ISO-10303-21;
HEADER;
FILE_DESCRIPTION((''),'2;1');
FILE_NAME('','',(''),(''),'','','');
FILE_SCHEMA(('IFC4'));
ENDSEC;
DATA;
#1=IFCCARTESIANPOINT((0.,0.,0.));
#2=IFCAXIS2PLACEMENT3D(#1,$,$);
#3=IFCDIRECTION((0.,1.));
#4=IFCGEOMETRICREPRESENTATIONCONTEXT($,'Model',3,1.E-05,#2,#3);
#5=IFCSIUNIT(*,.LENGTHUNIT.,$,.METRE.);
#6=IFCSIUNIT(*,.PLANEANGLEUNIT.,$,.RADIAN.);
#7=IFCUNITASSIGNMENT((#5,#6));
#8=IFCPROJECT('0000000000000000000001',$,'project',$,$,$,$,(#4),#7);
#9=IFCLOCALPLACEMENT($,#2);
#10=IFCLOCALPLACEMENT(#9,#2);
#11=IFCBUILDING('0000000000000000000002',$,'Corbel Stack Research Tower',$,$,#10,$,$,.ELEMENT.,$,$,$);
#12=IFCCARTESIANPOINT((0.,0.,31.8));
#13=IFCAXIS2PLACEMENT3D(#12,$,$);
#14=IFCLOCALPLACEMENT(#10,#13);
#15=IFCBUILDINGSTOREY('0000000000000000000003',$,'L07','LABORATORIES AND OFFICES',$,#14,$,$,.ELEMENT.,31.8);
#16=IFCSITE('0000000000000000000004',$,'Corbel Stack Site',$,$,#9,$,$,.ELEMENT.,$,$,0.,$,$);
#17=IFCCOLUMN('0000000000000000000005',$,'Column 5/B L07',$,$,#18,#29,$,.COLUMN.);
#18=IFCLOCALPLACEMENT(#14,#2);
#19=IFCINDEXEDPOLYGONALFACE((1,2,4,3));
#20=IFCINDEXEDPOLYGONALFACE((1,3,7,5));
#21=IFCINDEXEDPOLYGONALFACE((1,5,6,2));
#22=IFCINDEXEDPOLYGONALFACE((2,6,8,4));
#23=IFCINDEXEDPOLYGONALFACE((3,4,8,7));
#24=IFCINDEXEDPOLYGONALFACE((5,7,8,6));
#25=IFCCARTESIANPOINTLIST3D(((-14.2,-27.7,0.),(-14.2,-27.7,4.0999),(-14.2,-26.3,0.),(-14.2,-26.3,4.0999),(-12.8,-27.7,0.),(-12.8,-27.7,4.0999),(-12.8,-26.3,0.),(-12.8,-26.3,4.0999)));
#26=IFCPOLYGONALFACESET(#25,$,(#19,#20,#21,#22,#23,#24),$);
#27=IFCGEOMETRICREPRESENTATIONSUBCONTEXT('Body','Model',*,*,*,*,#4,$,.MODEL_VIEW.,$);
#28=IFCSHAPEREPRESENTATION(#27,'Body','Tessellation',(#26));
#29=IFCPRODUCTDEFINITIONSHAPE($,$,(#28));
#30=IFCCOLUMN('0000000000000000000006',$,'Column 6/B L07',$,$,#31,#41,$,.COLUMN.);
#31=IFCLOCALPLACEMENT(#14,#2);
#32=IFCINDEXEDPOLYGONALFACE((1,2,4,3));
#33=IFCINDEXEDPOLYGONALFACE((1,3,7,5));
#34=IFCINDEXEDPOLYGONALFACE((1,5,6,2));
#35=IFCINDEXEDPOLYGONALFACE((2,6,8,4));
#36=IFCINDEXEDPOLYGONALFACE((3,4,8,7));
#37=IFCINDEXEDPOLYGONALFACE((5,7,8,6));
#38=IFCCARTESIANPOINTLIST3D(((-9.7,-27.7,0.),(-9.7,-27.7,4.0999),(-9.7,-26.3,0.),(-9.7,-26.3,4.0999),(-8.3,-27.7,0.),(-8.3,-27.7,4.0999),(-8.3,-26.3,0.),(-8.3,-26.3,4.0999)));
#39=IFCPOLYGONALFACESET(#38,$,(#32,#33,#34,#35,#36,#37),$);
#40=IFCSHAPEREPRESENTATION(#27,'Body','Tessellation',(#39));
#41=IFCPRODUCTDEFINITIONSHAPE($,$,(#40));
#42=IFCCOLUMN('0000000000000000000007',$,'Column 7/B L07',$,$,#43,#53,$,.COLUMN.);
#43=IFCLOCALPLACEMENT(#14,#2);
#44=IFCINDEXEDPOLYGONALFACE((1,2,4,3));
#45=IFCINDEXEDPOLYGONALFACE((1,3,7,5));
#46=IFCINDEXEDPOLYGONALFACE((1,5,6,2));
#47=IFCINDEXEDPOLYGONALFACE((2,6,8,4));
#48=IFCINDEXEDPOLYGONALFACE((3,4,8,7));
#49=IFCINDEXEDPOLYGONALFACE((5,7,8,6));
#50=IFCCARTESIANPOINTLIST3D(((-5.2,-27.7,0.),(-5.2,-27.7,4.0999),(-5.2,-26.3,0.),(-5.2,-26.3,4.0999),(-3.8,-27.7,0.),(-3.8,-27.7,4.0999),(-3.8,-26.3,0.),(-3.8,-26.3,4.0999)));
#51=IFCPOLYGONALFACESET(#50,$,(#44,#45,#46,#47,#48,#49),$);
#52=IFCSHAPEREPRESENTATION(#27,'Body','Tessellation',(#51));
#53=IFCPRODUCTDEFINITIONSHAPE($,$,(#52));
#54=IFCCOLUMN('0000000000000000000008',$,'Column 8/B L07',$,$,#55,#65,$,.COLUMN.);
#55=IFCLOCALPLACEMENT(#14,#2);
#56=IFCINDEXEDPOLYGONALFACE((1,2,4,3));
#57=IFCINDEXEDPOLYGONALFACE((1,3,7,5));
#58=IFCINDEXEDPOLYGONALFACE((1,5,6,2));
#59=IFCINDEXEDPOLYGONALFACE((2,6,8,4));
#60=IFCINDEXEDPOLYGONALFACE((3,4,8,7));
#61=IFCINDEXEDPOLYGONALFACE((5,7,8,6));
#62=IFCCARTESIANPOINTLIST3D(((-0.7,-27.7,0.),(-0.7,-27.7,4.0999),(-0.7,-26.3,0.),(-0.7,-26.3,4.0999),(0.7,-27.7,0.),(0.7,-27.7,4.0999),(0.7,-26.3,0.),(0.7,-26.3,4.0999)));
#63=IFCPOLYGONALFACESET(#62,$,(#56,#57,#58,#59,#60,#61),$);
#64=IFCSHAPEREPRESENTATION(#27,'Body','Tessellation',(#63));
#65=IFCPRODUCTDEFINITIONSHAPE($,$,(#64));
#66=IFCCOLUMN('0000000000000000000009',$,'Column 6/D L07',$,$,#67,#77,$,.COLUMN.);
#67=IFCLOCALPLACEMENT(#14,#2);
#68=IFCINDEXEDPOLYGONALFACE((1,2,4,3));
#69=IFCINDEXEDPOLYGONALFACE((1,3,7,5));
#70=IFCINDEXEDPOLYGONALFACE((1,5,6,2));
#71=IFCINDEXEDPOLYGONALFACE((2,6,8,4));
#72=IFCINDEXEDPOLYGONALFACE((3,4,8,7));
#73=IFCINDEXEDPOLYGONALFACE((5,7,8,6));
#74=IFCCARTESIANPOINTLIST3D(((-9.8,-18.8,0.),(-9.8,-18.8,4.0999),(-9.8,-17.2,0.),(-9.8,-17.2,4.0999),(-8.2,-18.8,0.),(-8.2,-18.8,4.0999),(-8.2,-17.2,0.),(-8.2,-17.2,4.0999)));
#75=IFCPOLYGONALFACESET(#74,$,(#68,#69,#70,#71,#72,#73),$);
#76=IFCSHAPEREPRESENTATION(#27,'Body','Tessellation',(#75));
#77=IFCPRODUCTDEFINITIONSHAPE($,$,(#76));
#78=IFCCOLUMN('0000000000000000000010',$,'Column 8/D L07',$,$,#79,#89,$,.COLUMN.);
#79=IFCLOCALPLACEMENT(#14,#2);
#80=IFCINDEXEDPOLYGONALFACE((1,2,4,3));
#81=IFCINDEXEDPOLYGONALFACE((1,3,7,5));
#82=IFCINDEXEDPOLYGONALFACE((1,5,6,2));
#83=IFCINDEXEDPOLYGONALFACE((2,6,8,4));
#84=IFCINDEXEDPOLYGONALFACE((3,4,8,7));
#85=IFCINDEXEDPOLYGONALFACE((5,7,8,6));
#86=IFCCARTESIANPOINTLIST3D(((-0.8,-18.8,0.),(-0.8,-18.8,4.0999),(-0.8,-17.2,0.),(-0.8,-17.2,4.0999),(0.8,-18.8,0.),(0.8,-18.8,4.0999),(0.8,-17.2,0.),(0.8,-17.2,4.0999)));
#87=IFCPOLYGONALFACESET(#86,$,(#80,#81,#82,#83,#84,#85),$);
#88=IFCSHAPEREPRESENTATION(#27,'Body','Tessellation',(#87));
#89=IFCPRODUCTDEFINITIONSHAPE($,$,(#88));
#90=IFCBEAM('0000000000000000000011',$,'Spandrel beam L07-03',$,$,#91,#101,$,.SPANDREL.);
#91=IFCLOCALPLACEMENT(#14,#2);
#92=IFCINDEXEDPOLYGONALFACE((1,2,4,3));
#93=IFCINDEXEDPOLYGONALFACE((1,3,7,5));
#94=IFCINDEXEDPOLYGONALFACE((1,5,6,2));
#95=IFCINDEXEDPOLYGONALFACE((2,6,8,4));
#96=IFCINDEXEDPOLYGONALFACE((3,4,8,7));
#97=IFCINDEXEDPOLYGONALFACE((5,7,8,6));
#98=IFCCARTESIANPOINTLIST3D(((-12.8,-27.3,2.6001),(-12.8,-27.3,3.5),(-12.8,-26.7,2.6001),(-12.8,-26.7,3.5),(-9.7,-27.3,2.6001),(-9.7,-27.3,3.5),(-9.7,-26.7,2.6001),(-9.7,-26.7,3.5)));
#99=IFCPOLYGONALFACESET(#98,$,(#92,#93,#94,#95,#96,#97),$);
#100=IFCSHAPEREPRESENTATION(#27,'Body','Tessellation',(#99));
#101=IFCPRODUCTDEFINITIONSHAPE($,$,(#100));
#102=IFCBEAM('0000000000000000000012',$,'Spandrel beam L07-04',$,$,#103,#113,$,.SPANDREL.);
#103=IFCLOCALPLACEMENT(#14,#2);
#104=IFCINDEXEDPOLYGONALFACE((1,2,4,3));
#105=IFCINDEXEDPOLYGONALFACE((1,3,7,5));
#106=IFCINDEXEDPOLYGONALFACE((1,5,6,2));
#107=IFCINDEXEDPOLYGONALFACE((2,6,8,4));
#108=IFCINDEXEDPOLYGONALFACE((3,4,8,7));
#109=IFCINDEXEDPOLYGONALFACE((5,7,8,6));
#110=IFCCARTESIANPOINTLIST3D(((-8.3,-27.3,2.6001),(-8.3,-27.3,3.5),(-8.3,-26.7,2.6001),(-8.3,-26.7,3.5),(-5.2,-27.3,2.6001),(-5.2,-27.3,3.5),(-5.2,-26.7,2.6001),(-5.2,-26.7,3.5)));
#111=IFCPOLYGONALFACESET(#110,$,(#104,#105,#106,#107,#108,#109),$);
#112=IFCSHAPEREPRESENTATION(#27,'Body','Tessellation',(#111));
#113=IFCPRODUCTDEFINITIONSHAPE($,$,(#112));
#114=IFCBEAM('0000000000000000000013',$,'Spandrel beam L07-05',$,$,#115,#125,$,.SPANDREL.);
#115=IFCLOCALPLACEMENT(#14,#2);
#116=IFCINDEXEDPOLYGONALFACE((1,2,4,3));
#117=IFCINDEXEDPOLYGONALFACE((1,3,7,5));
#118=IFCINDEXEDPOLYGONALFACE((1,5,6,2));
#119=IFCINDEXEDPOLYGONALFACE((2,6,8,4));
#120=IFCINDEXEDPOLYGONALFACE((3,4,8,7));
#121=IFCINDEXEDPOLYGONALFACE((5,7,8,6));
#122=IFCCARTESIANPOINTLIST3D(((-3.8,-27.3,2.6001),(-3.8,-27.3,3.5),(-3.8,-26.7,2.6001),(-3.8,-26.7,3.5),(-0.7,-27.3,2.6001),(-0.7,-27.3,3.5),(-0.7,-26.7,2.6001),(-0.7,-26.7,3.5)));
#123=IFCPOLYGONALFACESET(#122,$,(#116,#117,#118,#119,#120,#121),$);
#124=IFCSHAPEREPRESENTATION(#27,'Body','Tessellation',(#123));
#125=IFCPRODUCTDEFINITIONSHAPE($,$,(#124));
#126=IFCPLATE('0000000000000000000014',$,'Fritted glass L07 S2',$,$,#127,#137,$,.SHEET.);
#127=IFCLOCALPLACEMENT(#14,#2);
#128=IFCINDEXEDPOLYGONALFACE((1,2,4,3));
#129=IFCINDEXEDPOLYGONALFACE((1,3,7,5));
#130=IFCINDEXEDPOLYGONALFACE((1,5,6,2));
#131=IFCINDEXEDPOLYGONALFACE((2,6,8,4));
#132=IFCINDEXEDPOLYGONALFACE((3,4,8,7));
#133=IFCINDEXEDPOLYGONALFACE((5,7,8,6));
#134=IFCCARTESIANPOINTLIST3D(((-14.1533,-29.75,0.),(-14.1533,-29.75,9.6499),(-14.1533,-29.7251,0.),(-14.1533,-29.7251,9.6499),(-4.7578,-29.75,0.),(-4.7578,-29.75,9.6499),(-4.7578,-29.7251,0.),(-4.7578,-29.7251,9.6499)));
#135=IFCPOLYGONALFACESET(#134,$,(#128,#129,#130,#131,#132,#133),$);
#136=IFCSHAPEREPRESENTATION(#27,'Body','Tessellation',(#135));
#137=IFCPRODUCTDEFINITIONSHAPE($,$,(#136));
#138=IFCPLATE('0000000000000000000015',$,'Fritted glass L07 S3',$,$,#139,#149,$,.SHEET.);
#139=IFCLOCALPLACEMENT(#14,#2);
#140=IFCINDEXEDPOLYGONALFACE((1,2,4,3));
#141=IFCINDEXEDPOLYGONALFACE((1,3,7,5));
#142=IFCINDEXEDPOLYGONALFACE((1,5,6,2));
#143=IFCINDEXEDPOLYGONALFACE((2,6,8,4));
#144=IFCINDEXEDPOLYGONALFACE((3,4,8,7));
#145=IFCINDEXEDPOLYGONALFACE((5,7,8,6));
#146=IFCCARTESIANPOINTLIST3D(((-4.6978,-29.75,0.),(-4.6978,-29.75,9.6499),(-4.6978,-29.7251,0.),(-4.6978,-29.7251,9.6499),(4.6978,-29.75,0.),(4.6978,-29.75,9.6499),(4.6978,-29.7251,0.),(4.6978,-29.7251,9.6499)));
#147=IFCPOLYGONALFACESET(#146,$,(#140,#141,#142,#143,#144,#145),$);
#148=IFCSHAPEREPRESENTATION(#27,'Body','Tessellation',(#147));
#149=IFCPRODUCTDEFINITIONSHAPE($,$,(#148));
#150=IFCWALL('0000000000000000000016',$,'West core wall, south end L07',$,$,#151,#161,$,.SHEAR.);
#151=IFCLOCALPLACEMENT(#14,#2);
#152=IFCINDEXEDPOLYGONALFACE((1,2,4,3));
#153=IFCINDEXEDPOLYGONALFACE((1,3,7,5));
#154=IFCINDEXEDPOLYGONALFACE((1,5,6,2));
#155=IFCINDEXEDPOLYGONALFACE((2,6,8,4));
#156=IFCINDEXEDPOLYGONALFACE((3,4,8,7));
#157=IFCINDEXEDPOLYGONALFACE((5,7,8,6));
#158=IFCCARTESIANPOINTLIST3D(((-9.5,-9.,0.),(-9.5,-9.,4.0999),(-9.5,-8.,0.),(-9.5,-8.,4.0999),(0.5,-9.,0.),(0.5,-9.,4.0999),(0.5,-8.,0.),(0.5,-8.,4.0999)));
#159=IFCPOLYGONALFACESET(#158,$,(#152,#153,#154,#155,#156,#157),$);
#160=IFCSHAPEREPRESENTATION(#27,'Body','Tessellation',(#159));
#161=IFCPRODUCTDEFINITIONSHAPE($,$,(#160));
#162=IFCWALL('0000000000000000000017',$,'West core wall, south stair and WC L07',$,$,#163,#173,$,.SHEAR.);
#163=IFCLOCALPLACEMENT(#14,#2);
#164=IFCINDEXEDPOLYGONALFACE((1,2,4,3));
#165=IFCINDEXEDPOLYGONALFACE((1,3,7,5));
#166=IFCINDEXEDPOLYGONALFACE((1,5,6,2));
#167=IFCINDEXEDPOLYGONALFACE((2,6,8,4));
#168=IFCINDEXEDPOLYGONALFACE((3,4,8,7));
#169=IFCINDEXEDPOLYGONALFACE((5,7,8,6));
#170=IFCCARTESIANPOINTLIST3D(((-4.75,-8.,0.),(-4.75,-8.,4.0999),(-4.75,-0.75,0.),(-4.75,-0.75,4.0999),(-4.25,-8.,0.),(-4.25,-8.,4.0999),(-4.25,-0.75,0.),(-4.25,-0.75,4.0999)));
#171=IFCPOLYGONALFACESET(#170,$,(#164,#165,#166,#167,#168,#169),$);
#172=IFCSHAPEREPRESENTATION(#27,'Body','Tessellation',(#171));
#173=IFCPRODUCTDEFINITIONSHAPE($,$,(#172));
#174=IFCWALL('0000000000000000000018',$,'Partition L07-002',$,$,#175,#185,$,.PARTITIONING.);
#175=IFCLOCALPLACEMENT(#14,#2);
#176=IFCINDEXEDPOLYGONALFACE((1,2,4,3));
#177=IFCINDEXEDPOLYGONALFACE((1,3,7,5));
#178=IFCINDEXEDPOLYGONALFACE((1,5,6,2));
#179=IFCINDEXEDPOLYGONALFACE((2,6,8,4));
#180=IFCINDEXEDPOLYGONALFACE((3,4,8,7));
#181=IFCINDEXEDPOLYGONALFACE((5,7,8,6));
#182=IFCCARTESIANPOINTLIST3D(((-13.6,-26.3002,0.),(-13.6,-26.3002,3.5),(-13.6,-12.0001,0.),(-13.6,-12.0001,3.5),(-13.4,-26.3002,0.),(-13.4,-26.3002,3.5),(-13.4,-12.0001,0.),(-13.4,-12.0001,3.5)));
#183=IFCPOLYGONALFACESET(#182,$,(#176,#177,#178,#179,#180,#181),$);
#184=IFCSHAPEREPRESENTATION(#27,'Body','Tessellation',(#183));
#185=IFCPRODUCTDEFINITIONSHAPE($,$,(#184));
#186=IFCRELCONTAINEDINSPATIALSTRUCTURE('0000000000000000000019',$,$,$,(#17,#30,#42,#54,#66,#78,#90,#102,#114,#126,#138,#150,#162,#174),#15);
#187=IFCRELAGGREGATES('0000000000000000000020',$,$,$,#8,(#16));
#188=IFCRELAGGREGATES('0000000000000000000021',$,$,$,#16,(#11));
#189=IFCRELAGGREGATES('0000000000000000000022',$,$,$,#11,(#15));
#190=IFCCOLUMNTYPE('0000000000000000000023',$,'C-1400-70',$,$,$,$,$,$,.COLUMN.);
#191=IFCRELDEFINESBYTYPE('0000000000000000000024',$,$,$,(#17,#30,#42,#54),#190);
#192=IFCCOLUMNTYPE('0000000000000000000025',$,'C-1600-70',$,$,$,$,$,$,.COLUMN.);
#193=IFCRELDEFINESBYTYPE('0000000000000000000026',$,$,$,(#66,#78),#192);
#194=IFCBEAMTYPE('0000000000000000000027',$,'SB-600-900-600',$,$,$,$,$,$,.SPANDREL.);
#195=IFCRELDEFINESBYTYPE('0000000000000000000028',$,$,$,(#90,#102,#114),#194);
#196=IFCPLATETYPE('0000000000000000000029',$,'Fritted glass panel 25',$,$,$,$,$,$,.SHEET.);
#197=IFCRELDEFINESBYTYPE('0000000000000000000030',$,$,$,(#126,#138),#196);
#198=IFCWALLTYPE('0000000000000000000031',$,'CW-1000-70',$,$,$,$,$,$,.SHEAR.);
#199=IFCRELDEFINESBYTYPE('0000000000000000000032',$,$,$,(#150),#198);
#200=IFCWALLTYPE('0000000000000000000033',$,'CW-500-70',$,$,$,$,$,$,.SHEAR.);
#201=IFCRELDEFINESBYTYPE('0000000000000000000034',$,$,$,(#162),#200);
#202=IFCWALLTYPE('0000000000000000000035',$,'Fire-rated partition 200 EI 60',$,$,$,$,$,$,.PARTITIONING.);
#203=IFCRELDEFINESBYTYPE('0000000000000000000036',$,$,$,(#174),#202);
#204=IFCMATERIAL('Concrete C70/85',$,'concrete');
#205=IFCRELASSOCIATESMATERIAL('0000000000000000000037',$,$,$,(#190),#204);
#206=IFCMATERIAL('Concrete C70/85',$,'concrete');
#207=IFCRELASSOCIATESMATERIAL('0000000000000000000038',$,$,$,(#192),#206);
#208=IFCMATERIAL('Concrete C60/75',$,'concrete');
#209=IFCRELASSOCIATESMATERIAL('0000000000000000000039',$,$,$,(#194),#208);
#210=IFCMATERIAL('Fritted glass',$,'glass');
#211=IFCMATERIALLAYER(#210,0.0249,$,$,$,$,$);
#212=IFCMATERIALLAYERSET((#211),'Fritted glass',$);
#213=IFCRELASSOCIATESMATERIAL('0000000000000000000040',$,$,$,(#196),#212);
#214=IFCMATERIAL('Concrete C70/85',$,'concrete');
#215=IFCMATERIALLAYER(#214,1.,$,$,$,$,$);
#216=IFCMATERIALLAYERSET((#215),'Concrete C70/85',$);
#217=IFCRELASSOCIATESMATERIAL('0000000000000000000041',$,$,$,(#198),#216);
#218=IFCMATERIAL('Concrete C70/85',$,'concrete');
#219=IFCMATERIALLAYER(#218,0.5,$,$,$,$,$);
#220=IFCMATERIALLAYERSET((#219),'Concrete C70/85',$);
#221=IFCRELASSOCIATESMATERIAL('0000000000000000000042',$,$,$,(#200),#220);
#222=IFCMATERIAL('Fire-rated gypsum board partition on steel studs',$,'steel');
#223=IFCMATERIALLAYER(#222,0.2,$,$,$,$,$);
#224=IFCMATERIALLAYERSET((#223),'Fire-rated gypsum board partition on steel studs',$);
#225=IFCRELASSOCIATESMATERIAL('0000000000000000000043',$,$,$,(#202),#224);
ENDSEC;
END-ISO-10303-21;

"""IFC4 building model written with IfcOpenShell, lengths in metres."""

from ifc_helpers import new_model, si_unit, direction, frame, frame_2d, origin, origin_2d, place, context, subcontext, project, spatial, rectangle, extrude, material, layer, layer_set, material_profile, profile_set, type_object, element, save


model = new_model("IFC4")

# Units and contexts
model_context = context("Model", 3, precision=1e-05, world=origin(), true_north=direction((0.0, 1.0)))
body_context = subcontext(model_context, "Body", "Model", "MODEL_VIEW")
ifc_project = project(units=[si_unit("LENGTHUNIT", "METRE"), si_unit("PLANEANGLEUNIT", "RADIAN")], contexts=[model_context])

# Site, building, storey
site_placement = place(None, origin())
site = spatial("IfcSite", under=ifc_project, at=site_placement, Name="Corbel Stack Site", CompositionType="ELEMENT", RefElevation=0.0)
building_placement = place(site_placement, origin())
building = spatial("IfcBuilding", under=site, at=building_placement, Name="Corbel Stack Research Tower", CompositionType="ELEMENT")
storey_placement = place(building_placement, frame((0.0, 0.0, 31.8)))
storey = spatial("IfcBuildingStorey", under=building, at=storey_placement, Name="L07", Description="LABORATORIES AND OFFICES", CompositionType="ELEMENT", Elevation=31.8)

# Columns
ifc_material_1 = material(Name="Concrete C70/85", Category="concrete")
ifc_material_profile_1 = material_profile(ifc_material_1, rectangle(XDim=1.3999, YDim=1.3999, at=origin_2d()), Name="RC 1400 x 1400")
ifc_profile_set_1 = profile_set([ifc_material_profile_1], Name="Concrete C70/85")
column_type_1 = type_object("IfcColumnType", Name="C-1400-70", PredefinedType="COLUMN", material=ifc_profile_set_1)
for number, where, z_axis, x_axis, name in (
    (1, (-13.5, -27.0, 0.0), (0.0, 0.0, 1.0), (1.0, 0.0, 0.0), "Column 5/B L07"),
    (2, (-9.0, -27.0, 0.0), (0.0, 0.0, 1.0), (1.0, 0.0, 0.0), "Column 6/B L07"),
    (3, (-4.5, -27.0, 0.0), (0.0, 0.0, 1.0), (1.0, 0.0, 0.0), "Column 7/B L07"),
    (4, (0.0, -27.0, 0.0), (0.0, 0.0, 1.0), (1.0, 0.0, 0.0), "Column 8/B L07"),
):
    element("IfcColumn", number, at=place(storey_placement, frame(where, z_axis=z_axis, x_axis=x_axis)), inside=storey, type_object=column_type_1, Name=name, PredefinedType="COLUMN", context=body_context, shape_type="SweptSolid", body=[
        extrude(rectangle(XDim=1.3999, YDim=1.3999, at=origin_2d()), origin(), (0.0, 0.0, 1.0), 4.0999),
    ])
ifc_material_2 = material(Name="Concrete C70/85", Category="concrete")
ifc_material_profile_2 = material_profile(ifc_material_2, rectangle(XDim=1.6001, YDim=1.6001, at=origin_2d()), Name="RC 1600 x 1600")
ifc_profile_set_2 = profile_set([ifc_material_profile_2], Name="Concrete C70/85")
column_type_2 = type_object("IfcColumnType", Name="C-1600-70", PredefinedType="COLUMN", material=ifc_profile_set_2)
for number, where, z_axis, x_axis, name in (
    (5, (-9.0, -18.0, 0.0), (0.0, 0.0, 1.0), (1.0, 0.0, 0.0), "Column 6/D L07"),
    (6, (0.0, -18.0, 0.0), (0.0, 0.0, 1.0), (1.0, 0.0, 0.0), "Column 8/D L07"),
):
    element("IfcColumn", number, at=place(storey_placement, frame(where, z_axis=z_axis, x_axis=x_axis)), inside=storey, type_object=column_type_2, Name=name, PredefinedType="COLUMN", context=body_context, shape_type="SweptSolid", body=[
        extrude(rectangle(XDim=1.6001, YDim=1.6001, at=origin_2d()), origin(), (0.0, 0.0, 1.0), 4.0999),
    ])

# Beams
ifc_material_3 = material(Name="Concrete C60/75", Category="concrete")
ifc_material_profile_3 = material_profile(ifc_material_3, rectangle(XDim=0.6001, YDim=0.8999, at=origin_2d()), Name="RC 600 x 900")
ifc_profile_set_3 = profile_set([ifc_material_profile_3], Name="Concrete C60/75")
beam_type = type_object("IfcBeamType", Name="SB-600-900-600", PredefinedType="SPANDREL", material=ifc_profile_set_3)
for number, where, z_axis, x_axis, name in (
    (7, (-12.8, -27.0, 3.05), (1.0, 0.0, 0.0), (0.0, 1.0, 0.0), "Spandrel beam L07-03"),
    (8, (-8.3, -27.0, 3.05), (1.0, 0.0, 0.0), (0.0, 1.0, 0.0), "Spandrel beam L07-04"),
    (9, (-3.8, -27.0, 3.05), (1.0, 0.0, 0.0), (0.0, 1.0, 0.0), "Spandrel beam L07-05"),
):
    element("IfcBeam", number, at=place(storey_placement, frame(where, z_axis=z_axis, x_axis=x_axis)), inside=storey, type_object=beam_type, Name=name, PredefinedType="SPANDREL", context=body_context, shape_type="SweptSolid", body=[
        extrude(rectangle(XDim=0.6001, YDim=0.8999, at=origin_2d()), origin(), (0.0, 0.0, 1.0), 3.1001),
    ])

# Plates
ifc_material_4 = material(Name="Fritted glass", Category="glass")
ifc_layer_1 = layer(ifc_material_4, 0.0249)
ifc_layer_set_1 = layer_set([ifc_layer_1], Name="Fritted glass")
plate_type = type_object("IfcPlateType", Name="Fritted glass panel 25", PredefinedType="SHEET", material=ifc_layer_set_1)
for number, where, z_axis, x_axis, name in (
    (10, (-9.4556, -29.7375, 0.0), (0.0, 0.0, 1.0), (1.0, 0.0, 0.0), "Fritted glass L07 S2"),
    (11, (0.0, -29.7375, 0.0), (0.0, 0.0, 1.0), (1.0, 0.0, 0.0), "Fritted glass L07 S3"),
):
    element("IfcPlate", number, at=place(storey_placement, frame(where, z_axis=z_axis, x_axis=x_axis)), inside=storey, type_object=plate_type, Name=name, PredefinedType="SHEET", context=body_context, shape_type="SweptSolid", body=[
        extrude(rectangle(XDim=9.3955, YDim=0.0249, at=origin_2d()), origin(), (0.0, 0.0, 1.0), 9.6499),
    ])

# Shared definitions
ifc_material_5 = material(Name="Concrete C70/85", Category="concrete")
ifc_layer_2 = layer(ifc_material_5, 1.0)
ifc_layer_set_2 = layer_set([ifc_layer_2], Name="Concrete C70/85")
wall_type_1 = type_object("IfcWallType", Name="CW-1000-70", PredefinedType="SHEAR", material=ifc_layer_set_2)

# Walls
wall_1_placement = place(storey_placement, frame((-9.5, -8.5, 0.0), z_axis=(0.0, 0.0, 1.0), x_axis=(1.0, 0.0, 0.0)))
element("IfcWall", 12, at=wall_1_placement, inside=storey, type_object=wall_type_1, Name="West core wall, south end L07", PredefinedType="SHEAR", context=body_context, shape_type="SweptSolid", body=[
    extrude(rectangle(XDim=10.0, YDim=1.0, at=frame_2d((5.0, 0.0))), origin(), (0.0, 0.0, 1.0), 4.0999),
])
ifc_material_6 = material(Name="Concrete C70/85", Category="concrete")
ifc_layer_3 = layer(ifc_material_6, 0.5)
ifc_layer_set_3 = layer_set([ifc_layer_3], Name="Concrete C70/85")
wall_type_2 = type_object("IfcWallType", Name="CW-500-70", PredefinedType="SHEAR", material=ifc_layer_set_3)
wall_2_placement = place(storey_placement, frame((-4.5, -8.0, 0.0), z_axis=(0.0, 0.0, 1.0), x_axis=(0.0, 1.0, 0.0)))
element("IfcWall", 13, at=wall_2_placement, inside=storey, type_object=wall_type_2, Name="West core wall, south stair and WC L07", PredefinedType="SHEAR", context=body_context, shape_type="SweptSolid", body=[
    extrude(rectangle(XDim=7.25, YDim=0.5, at=frame_2d((3.625, 0.0))), origin(), (0.0, 0.0, 1.0), 4.0999),
])
ifc_material_7 = material(Name="Fire-rated gypsum board partition on steel studs", Category="steel")
ifc_layer_4 = layer(ifc_material_7, 0.2)
ifc_layer_set_4 = layer_set([ifc_layer_4], Name="Fire-rated gypsum board partition on steel studs")
wall_type_3 = type_object("IfcWallType", Name="Fire-rated partition 200 EI 60", PredefinedType="PARTITIONING", material=ifc_layer_set_4)
wall_3_placement = place(storey_placement, frame((-13.5, -26.3, 0.0), z_axis=(0.0, 0.0, 1.0), x_axis=(0.0, 1.0, 0.0)))
element("IfcWall", 14, at=wall_3_placement, inside=storey, type_object=wall_type_3, Name="Partition L07-002", PredefinedType="PARTITIONING", context=body_context, shape_type="SweptSolid", body=[
    extrude(rectangle(XDim=14.3, YDim=0.2, at=frame_2d((7.1499, 0.0))), origin(), (0.0, 0.0, 1.0), 3.5),
])

save(model, "model.ifc")
